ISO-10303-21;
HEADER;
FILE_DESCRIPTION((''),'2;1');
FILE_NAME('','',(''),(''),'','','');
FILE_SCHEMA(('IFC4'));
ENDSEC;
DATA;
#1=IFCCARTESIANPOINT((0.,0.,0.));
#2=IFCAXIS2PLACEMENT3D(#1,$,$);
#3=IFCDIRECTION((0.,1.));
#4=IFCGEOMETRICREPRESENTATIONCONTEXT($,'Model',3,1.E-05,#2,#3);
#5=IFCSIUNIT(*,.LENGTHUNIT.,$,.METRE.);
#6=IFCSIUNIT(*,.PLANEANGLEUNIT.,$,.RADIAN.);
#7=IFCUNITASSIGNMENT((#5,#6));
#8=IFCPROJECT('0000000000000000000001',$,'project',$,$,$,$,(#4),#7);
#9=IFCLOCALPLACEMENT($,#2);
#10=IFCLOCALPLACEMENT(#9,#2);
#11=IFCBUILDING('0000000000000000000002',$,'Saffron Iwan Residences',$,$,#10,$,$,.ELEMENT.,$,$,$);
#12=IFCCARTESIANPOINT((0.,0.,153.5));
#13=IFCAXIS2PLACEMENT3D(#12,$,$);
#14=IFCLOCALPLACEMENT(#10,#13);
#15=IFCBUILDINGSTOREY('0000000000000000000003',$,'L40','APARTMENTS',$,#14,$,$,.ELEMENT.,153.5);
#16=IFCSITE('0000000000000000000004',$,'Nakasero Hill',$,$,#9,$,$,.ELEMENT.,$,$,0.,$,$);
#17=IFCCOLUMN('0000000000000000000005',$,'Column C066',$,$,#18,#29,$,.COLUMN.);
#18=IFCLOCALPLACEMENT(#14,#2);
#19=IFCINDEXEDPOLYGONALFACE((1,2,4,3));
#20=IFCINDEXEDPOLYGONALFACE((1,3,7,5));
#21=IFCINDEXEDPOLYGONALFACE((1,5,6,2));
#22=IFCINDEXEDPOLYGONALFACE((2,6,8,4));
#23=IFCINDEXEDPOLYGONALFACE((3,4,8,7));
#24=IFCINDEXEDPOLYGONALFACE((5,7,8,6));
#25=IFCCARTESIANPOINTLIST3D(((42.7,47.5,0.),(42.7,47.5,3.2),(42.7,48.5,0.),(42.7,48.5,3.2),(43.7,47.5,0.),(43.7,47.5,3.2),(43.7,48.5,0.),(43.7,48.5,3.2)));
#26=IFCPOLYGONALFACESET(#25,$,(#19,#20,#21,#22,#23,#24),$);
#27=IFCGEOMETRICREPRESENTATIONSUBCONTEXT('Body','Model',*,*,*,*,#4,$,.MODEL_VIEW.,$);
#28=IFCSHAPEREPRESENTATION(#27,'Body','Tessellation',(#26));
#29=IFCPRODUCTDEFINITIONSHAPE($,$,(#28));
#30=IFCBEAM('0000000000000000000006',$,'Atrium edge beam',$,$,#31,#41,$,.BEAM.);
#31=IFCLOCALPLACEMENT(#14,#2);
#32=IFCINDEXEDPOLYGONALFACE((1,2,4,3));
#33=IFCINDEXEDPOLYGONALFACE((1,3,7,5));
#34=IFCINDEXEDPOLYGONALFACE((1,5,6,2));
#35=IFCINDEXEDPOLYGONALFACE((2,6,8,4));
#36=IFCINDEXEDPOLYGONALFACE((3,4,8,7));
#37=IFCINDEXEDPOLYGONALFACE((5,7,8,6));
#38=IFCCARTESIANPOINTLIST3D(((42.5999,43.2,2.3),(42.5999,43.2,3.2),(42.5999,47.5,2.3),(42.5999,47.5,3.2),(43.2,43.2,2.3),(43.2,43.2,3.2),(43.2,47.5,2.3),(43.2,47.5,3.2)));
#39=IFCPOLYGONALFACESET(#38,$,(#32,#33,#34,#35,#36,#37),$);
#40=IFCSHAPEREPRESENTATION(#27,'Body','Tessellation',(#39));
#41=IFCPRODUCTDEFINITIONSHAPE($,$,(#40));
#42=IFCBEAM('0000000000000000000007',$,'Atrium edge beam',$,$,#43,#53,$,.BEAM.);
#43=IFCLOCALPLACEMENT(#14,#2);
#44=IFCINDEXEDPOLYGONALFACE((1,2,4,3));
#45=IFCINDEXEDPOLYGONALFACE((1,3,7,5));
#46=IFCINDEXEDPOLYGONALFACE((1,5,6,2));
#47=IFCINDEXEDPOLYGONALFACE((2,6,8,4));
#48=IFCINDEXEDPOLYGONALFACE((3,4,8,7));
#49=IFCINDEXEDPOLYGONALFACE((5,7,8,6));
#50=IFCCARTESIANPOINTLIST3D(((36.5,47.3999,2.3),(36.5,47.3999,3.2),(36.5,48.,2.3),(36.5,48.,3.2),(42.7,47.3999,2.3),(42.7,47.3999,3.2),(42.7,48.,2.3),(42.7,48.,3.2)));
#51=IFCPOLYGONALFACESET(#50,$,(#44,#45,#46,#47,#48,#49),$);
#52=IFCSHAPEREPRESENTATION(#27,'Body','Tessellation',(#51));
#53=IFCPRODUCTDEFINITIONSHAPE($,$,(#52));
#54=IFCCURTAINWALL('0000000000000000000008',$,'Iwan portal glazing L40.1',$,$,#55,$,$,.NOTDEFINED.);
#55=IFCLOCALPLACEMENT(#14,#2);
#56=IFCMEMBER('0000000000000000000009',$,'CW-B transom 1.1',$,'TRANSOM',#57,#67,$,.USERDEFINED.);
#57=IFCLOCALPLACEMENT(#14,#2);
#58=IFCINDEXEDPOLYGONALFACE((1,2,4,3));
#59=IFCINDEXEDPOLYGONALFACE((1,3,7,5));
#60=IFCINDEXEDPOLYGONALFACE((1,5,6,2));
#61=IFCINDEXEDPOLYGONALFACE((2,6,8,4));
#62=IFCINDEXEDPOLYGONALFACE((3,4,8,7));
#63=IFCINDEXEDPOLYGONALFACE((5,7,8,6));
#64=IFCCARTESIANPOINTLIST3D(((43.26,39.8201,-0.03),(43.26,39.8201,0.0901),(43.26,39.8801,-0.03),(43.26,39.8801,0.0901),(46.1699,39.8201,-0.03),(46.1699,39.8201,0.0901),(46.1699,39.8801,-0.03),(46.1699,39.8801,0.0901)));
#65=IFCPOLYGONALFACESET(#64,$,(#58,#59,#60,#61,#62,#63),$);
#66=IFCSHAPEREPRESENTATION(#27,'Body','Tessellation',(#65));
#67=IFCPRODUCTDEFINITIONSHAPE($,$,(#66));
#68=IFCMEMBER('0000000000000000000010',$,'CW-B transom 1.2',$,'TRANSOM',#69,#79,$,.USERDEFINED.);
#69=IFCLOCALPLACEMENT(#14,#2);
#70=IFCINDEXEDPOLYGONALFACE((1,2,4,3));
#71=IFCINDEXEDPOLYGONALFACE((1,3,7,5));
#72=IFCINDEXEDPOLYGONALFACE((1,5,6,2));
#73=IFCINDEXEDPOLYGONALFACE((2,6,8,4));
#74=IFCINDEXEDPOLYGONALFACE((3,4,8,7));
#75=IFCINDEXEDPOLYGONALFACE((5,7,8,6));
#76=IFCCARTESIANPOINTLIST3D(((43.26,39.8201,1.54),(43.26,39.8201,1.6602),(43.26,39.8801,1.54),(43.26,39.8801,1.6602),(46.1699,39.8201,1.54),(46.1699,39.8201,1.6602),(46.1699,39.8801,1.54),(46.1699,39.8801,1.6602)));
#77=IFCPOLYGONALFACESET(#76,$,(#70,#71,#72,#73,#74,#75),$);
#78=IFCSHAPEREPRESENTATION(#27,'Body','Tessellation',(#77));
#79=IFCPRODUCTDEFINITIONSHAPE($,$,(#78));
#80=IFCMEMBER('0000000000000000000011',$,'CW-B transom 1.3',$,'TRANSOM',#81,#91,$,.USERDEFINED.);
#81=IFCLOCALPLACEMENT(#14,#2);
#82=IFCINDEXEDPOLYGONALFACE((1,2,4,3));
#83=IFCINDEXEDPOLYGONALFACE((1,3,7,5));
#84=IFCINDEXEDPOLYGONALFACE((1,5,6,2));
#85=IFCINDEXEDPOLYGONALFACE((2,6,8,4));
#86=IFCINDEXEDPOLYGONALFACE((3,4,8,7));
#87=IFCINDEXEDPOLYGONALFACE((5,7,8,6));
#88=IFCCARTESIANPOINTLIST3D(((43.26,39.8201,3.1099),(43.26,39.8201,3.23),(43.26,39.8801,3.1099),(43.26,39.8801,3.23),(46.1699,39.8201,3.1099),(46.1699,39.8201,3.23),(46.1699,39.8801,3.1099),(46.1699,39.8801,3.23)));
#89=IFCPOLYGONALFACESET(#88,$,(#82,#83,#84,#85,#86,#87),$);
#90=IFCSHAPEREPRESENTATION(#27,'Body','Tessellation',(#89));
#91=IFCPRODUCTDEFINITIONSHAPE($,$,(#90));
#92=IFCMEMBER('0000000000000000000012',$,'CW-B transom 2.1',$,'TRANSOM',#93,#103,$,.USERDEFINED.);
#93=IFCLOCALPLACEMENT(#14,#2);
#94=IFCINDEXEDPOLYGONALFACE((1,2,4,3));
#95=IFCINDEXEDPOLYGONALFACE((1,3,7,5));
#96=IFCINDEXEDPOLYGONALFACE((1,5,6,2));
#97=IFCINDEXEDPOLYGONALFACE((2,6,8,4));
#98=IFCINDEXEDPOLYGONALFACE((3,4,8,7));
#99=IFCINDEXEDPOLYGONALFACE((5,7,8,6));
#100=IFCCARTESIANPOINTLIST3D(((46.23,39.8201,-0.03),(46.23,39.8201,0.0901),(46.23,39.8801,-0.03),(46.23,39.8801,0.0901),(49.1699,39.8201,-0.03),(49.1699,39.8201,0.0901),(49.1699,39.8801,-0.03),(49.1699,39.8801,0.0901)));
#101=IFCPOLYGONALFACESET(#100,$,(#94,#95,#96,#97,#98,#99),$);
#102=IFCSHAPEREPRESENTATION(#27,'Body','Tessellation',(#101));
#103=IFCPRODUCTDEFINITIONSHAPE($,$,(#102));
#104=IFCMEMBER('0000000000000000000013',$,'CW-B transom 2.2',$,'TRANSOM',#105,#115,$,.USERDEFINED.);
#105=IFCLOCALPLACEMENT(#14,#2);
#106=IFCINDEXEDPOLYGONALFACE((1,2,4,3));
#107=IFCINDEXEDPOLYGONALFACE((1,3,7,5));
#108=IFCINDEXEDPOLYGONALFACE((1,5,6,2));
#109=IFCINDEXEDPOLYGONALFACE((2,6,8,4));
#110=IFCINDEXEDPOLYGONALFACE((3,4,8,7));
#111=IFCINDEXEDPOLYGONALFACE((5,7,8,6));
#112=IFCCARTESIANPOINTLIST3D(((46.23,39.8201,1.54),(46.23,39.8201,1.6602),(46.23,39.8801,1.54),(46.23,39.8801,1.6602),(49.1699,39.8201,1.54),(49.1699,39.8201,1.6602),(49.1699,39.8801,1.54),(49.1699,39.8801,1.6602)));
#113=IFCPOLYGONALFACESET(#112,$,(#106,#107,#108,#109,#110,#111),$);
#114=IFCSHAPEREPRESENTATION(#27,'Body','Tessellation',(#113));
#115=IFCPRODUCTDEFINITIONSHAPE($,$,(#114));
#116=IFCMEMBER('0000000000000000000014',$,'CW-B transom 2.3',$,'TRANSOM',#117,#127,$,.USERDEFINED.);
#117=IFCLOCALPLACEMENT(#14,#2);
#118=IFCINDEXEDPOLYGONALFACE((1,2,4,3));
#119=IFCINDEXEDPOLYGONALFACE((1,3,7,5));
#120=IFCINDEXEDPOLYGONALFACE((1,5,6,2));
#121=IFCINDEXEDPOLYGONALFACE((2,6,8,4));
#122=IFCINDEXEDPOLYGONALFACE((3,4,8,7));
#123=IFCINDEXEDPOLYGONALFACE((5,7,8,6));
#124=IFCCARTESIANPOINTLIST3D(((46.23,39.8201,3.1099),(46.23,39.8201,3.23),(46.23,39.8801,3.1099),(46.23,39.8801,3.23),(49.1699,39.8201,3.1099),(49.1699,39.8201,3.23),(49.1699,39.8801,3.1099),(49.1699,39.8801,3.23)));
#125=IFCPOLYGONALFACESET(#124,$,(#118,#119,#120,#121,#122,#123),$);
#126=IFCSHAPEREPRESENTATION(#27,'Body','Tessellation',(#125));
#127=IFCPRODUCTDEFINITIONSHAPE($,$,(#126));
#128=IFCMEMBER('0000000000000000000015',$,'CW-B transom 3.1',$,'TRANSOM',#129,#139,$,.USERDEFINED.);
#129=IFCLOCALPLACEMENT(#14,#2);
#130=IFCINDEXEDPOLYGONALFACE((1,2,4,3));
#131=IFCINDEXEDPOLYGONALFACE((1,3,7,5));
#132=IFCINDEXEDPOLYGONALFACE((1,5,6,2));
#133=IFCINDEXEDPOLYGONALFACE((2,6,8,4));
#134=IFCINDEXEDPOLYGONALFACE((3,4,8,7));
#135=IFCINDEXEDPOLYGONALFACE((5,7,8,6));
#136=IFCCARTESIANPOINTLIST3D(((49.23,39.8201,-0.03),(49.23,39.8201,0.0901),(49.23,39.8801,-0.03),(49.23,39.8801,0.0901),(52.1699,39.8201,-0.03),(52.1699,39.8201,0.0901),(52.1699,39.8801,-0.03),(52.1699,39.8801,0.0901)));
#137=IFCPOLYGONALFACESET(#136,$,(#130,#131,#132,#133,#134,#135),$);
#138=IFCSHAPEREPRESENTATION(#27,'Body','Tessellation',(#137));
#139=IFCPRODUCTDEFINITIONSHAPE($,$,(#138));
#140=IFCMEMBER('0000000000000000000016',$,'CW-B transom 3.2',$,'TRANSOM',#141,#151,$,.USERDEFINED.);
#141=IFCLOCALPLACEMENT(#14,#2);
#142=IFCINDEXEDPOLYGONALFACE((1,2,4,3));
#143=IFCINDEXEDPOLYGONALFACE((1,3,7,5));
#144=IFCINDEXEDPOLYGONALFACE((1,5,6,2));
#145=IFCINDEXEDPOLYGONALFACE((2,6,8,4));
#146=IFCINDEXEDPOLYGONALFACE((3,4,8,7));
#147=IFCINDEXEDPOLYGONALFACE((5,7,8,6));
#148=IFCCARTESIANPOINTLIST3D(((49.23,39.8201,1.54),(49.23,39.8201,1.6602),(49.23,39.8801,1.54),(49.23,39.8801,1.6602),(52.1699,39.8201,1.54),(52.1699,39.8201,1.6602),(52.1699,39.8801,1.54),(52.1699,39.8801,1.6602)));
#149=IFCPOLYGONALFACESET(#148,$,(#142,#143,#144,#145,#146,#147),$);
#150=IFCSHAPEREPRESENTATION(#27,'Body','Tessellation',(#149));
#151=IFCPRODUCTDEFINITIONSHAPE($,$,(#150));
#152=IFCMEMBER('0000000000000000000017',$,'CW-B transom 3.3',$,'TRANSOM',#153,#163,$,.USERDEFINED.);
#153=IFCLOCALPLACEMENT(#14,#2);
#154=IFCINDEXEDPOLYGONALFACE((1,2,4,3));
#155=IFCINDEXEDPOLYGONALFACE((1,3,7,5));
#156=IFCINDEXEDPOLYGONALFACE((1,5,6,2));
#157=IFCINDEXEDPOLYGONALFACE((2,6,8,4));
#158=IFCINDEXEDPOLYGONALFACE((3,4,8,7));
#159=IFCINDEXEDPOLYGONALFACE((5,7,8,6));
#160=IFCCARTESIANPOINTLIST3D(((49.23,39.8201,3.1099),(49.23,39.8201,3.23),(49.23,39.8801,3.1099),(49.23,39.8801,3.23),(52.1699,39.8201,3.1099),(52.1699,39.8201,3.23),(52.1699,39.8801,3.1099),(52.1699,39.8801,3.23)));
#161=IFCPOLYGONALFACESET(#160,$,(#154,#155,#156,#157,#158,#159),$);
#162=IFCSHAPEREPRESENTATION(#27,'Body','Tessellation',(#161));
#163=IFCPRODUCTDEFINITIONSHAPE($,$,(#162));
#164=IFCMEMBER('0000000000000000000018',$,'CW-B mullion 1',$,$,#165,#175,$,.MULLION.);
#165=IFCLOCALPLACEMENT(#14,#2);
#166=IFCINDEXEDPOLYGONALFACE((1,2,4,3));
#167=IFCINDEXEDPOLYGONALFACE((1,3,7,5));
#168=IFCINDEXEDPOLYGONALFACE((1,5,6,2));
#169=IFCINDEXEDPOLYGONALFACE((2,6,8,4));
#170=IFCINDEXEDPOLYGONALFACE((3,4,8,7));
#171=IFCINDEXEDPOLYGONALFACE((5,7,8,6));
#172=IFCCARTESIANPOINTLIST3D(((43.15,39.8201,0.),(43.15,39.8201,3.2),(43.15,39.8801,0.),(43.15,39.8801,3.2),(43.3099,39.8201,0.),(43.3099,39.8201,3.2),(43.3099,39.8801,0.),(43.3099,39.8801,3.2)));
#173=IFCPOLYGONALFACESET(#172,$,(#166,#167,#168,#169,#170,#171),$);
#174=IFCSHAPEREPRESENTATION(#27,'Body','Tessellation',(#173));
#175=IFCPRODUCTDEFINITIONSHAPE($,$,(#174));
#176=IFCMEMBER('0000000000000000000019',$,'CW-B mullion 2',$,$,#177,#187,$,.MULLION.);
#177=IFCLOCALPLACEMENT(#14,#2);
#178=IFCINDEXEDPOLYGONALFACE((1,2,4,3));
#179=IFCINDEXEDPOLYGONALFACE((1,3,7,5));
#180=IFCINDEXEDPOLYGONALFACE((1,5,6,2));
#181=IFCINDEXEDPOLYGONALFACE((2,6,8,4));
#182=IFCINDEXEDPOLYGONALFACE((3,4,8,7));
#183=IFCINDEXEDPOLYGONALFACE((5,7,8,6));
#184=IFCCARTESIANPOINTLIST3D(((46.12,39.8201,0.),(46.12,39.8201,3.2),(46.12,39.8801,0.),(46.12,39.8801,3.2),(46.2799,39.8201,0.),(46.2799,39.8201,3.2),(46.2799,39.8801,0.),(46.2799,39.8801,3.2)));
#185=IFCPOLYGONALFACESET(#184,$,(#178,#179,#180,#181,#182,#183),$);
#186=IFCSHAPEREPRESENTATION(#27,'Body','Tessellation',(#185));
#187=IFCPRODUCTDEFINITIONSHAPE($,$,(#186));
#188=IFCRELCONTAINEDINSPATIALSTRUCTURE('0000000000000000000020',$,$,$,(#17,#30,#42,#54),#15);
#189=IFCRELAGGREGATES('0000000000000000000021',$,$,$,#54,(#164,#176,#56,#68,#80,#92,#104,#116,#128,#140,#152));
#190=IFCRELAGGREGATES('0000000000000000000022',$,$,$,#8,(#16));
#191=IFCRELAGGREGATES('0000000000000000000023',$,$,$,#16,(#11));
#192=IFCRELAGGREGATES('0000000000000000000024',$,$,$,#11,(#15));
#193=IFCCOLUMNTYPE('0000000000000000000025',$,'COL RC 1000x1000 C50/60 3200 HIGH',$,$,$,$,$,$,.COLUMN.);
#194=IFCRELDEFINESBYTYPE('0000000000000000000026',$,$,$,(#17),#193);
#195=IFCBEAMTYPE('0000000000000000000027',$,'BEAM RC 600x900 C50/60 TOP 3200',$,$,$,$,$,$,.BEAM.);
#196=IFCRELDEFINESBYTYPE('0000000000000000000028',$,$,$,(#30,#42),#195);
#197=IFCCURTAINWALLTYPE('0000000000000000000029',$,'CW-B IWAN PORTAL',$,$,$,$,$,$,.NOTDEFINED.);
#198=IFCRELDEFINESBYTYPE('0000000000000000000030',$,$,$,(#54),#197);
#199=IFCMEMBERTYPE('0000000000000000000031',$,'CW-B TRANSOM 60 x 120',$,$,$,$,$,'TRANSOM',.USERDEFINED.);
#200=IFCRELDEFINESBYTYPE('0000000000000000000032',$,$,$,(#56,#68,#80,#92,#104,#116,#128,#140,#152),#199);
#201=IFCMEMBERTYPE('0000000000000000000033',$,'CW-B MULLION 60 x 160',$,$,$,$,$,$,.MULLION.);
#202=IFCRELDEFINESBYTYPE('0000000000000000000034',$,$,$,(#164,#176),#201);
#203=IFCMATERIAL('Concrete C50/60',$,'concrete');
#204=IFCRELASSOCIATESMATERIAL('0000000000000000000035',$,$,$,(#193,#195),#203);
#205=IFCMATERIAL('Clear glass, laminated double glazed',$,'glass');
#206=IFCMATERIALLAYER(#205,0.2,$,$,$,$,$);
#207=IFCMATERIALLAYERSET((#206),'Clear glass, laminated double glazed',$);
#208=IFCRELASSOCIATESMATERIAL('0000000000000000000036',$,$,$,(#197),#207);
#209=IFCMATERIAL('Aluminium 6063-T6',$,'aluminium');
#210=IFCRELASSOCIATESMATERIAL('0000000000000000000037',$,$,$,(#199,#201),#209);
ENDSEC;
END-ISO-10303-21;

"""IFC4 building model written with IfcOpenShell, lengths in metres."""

from ifc_helpers import new_model, si_unit, direction, frame, origin, origin_2d, place, context, subcontext, project, spatial, rectangle, extrude, source, transform, mapped, material, layer, layer_set, material_profile, profile_set, type_object, element, aggregate, save


model = new_model("IFC4")

# Units and contexts
model_context = context("Model", 3, precision=1e-05, world=origin(), true_north=direction((0.0, 1.0)))
body_context = subcontext(model_context, "Body", "Model", "MODEL_VIEW")
ifc_project = project(units=[si_unit("LENGTHUNIT", "METRE"), si_unit("PLANEANGLEUNIT", "RADIAN")], contexts=[model_context])

# Site, building, storey
site_placement = place(None, origin())
site = spatial("IfcSite", under=ifc_project, at=site_placement, Name="Nakasero Hill", CompositionType="ELEMENT", RefElevation=0.0)
building_placement = place(site_placement, origin())
building = spatial("IfcBuilding", under=site, at=building_placement, Name="Saffron Iwan Residences", CompositionType="ELEMENT")
storey_placement = place(building_placement, frame((0.0, 0.0, 153.5)))
storey = spatial("IfcBuildingStorey", under=building, at=storey_placement, Name="L40", Description="APARTMENTS", CompositionType="ELEMENT", Elevation=153.5)

# Column
ifc_material_1 = material(Name="Concrete C50/60", Category="concrete")
ifc_material_profile_1 = material_profile(ifc_material_1, rectangle(XDim=1.0, YDim=1.0, at=origin_2d()), Name="RC 1000x1000")
ifc_profile_set_1 = profile_set([ifc_material_profile_1], Name="Concrete C50/60")
column_type = type_object("IfcColumnType", Name="COL RC 1000x1000 C50/60 3200 HIGH", PredefinedType="COLUMN", material=ifc_profile_set_1)
shared_shape_1 = source(origin(), body_context, "Body", "SweptSolid", [
    extrude(rectangle(XDim=1.0, YDim=1.0, at=origin_2d()), origin(), (0.0, 0.0, 1.0), 3.2),
])
column_placement = place(storey_placement, frame((43.2, 48.0, 0.0), z_axis=(0.0, 0.0, 1.0), x_axis=(1.0, 0.0, 0.0)))
element("IfcColumn", 1, at=column_placement, inside=storey, type_object=column_type, Name="Column C066", PredefinedType="COLUMN", context=body_context, shape_type="MappedRepresentation", body=[
    mapped(shared_shape_1, transform((0.0, 0.0, 0.0))),
])

# Beams
ifc_material_profile_2 = material_profile(ifc_material_1, rectangle(XDim=0.6001, YDim=0.8999, at=origin_2d()), Name="RC 600x900")
ifc_profile_set_2 = profile_set([ifc_material_profile_2], Name="Concrete C50/60")
beam_type = type_object("IfcBeamType", Name="BEAM RC 600x900 C50/60 TOP 3200", PredefinedType="BEAM", material=ifc_profile_set_2)
shared_shape_2 = source(origin(), body_context, "Body", "SweptSolid", [
    extrude(rectangle(XDim=0.6001, YDim=0.8999, at=origin_2d()), origin(), (0.0, 0.0, 1.0), 4.3),
])
beam_1_placement = place(storey_placement, frame((42.8999, 43.2, 2.75), z_axis=(0.0, 1.0, 0.0), x_axis=(-1.0, 0.0, 0.0)))
element("IfcBeam", 2, at=beam_1_placement, inside=storey, type_object=beam_type, Name="Atrium edge beam", PredefinedType="BEAM", context=body_context, shape_type="MappedRepresentation", body=[
    mapped(shared_shape_2, transform((0.0, 0.0, 0.0))),
])
shared_shape_3 = source(origin(), body_context, "Body", "SweptSolid", [
    extrude(rectangle(XDim=0.6001, YDim=0.8999, at=origin_2d()), origin(), (0.0, 0.0, 1.0), 6.2),
])
beam_2_placement = place(storey_placement, frame((42.7, 47.7, 2.75), z_axis=(-1.0, 0.0, 0.0), x_axis=(0.0, -1.0, 0.0)))
element("IfcBeam", 3, at=beam_2_placement, inside=storey, type_object=beam_type, Name="Atrium edge beam", PredefinedType="BEAM", context=body_context, shape_type="MappedRepresentation", body=[
    mapped(shared_shape_3, transform((0.0, 0.0, 0.0))),
])

# Curtain wall, members
ifc_material_2 = material(Name="Clear glass, laminated double glazed", Category="glass")
ifc_layer_1 = layer(ifc_material_2, 0.2)
ifc_layer_set_1 = layer_set([ifc_layer_1], Name="Clear glass, laminated double glazed")
curtain_wall_type = type_object("IfcCurtainWallType", Name="CW-B IWAN PORTAL", PredefinedType="NOTDEFINED", material=ifc_layer_set_1)
curtain_wall_placement = place(storey_placement, origin())
curtain_wall = element("IfcCurtainWall", 4, at=curtain_wall_placement, inside=storey, type_object=curtain_wall_type, Name="Iwan portal glazing L40.1", PredefinedType="NOTDEFINED")
ifc_material_3 = material(Name="Aluminium 6063-T6", Category="aluminium")
ifc_material_profile_3 = material_profile(ifc_material_3, rectangle(XDim=0.0601, YDim=0.1201, at=origin_2d()), Name="CW-B TRANSOM 60 x 120")
ifc_profile_set_3 = profile_set([ifc_material_profile_3], Name="Aluminium 6063-T6")
member_type_1 = type_object("IfcMemberType", Name="CW-B TRANSOM 60 x 120", ElementType="TRANSOM", PredefinedType="USERDEFINED", material=ifc_profile_set_3)
shared_shape_4 = source(origin(), body_context, "Body", "SweptSolid", [
    extrude(rectangle(XDim=0.0601, YDim=0.1201, at=origin_2d()), origin(), (0.0, 0.0, 1.0), 2.9099),
])
member_1_placement = place(storey_placement, frame((43.26, 39.8501, 0.03), z_axis=(1.0, 0.0, 0.0), x_axis=(0.0, 1.0, 0.0)))
member_1 = element("IfcMember", 5, at=member_1_placement, type_object=member_type_1, Name="CW-B transom 1.1", ObjectType="TRANSOM", PredefinedType="USERDEFINED", context=body_context, shape_type="MappedRepresentation", body=[
    mapped(shared_shape_4, transform((0.0, 0.0, 0.0))),
])
member_2_placement = place(storey_placement, frame((43.26, 39.8501, 1.6001), z_axis=(1.0, 0.0, 0.0), x_axis=(0.0, 1.0, 0.0)))
member_2 = element("IfcMember", 6, at=member_2_placement, type_object=member_type_1, Name="CW-B transom 1.2", ObjectType="TRANSOM", PredefinedType="USERDEFINED", context=body_context, shape_type="MappedRepresentation", body=[
    mapped(shared_shape_4, transform((0.0, 0.0, 0.0))),
])
member_3_placement = place(storey_placement, frame((43.26, 39.8501, 3.1699), z_axis=(1.0, 0.0, 0.0), x_axis=(0.0, 1.0, 0.0)))
member_3 = element("IfcMember", 7, at=member_3_placement, type_object=member_type_1, Name="CW-B transom 1.3", ObjectType="TRANSOM", PredefinedType="USERDEFINED", context=body_context, shape_type="MappedRepresentation", body=[
    mapped(shared_shape_4, transform((0.0, 0.0, 0.0))),
])
shared_shape_5 = source(origin(), body_context, "Body", "SweptSolid", [
    extrude(rectangle(XDim=0.0601, YDim=0.1201, at=origin_2d()), origin(), (0.0, 0.0, 1.0), 2.9399),
])
member_4_placement = place(storey_placement, frame((46.23, 39.8501, 0.03), z_axis=(1.0, 0.0, 0.0), x_axis=(0.0, 1.0, 0.0)))
member_4 = element("IfcMember", 8, at=member_4_placement, type_object=member_type_1, Name="CW-B transom 2.1", ObjectType="TRANSOM", PredefinedType="USERDEFINED", context=body_context, shape_type="MappedRepresentation", body=[
    mapped(shared_shape_5, transform((0.0, 0.0, 0.0))),
])
member_5_placement = place(storey_placement, frame((46.23, 39.8501, 1.6001), z_axis=(1.0, 0.0, 0.0), x_axis=(0.0, 1.0, 0.0)))
member_5 = element("IfcMember", 9, at=member_5_placement, type_object=member_type_1, Name="CW-B transom 2.2", ObjectType="TRANSOM", PredefinedType="USERDEFINED", context=body_context, shape_type="MappedRepresentation", body=[
    mapped(shared_shape_5, transform((0.0, 0.0, 0.0))),
])
member_6_placement = place(storey_placement, frame((46.23, 39.8501, 3.1699), z_axis=(1.0, 0.0, 0.0), x_axis=(0.0, 1.0, 0.0)))
member_6 = element("IfcMember", 10, at=member_6_placement, type_object=member_type_1, Name="CW-B transom 2.3", ObjectType="TRANSOM", PredefinedType="USERDEFINED", context=body_context, shape_type="MappedRepresentation", body=[
    mapped(shared_shape_5, transform((0.0, 0.0, 0.0))),
])
member_7_placement = place(storey_placement, frame((49.23, 39.8501, 0.03), z_axis=(1.0, 0.0, 0.0), x_axis=(0.0, 1.0, 0.0)))
member_7 = element("IfcMember", 11, at=member_7_placement, type_object=member_type_1, Name="CW-B transom 3.1", ObjectType="TRANSOM", PredefinedType="USERDEFINED", context=body_context, shape_type="MappedRepresentation", body=[
    mapped(shared_shape_5, transform((0.0, 0.0, 0.0))),
])
member_8_placement = place(storey_placement, frame((49.23, 39.8501, 1.6001), z_axis=(1.0, 0.0, 0.0), x_axis=(0.0, 1.0, 0.0)))
member_8 = element("IfcMember", 12, at=member_8_placement, type_object=member_type_1, Name="CW-B transom 3.2", ObjectType="TRANSOM", PredefinedType="USERDEFINED", context=body_context, shape_type="MappedRepresentation", body=[
    mapped(shared_shape_5, transform((0.0, 0.0, 0.0))),
])
member_9_placement = place(storey_placement, frame((49.23, 39.8501, 3.1699), z_axis=(1.0, 0.0, 0.0), x_axis=(0.0, 1.0, 0.0)))
member_9 = element("IfcMember", 13, at=member_9_placement, type_object=member_type_1, Name="CW-B transom 3.3", ObjectType="TRANSOM", PredefinedType="USERDEFINED", context=body_context, shape_type="MappedRepresentation", body=[
    mapped(shared_shape_5, transform((0.0, 0.0, 0.0))),
])
ifc_material_profile_4 = material_profile(ifc_material_3, rectangle(XDim=0.0601, YDim=0.1599, at=origin_2d()), Name="CW-B MULLION 60 x 160")
ifc_profile_set_4 = profile_set([ifc_material_profile_4], Name="Aluminium 6063-T6")
member_type_2 = type_object("IfcMemberType", Name="CW-B MULLION 60 x 160", PredefinedType="MULLION", material=ifc_profile_set_4)
shared_shape_6 = source(origin(), body_context, "Body", "SweptSolid", [
    extrude(rectangle(XDim=0.0601, YDim=0.1599, at=origin_2d()), origin(), (0.0, 0.0, 1.0), 3.2),
])
member_10_placement = place(storey_placement, frame((43.23, 39.8501, 0.0), z_axis=(0.0, 0.0, 1.0), x_axis=(0.0, 1.0, 0.0)))
member_10 = element("IfcMember", 14, at=member_10_placement, type_object=member_type_2, Name="CW-B mullion 1", PredefinedType="MULLION", context=body_context, shape_type="MappedRepresentation", body=[
    mapped(shared_shape_6, transform((0.0, 0.0, 0.0))),
])
member_11_placement = place(storey_placement, frame((46.2, 39.8501, 0.0), z_axis=(0.0, 0.0, 1.0), x_axis=(0.0, 1.0, 0.0)))
member_11 = element("IfcMember", 15, at=member_11_placement, type_object=member_type_2, Name="CW-B mullion 2", PredefinedType="MULLION", context=body_context, shape_type="MappedRepresentation", body=[
    mapped(shared_shape_6, transform((0.0, 0.0, 0.0))),
])
aggregate(curtain_wall, [member_10, member_11, member_1, member_2, member_3, member_4, member_5, member_6, member_7, member_8, member_9])

save(model, "model.ifc")
